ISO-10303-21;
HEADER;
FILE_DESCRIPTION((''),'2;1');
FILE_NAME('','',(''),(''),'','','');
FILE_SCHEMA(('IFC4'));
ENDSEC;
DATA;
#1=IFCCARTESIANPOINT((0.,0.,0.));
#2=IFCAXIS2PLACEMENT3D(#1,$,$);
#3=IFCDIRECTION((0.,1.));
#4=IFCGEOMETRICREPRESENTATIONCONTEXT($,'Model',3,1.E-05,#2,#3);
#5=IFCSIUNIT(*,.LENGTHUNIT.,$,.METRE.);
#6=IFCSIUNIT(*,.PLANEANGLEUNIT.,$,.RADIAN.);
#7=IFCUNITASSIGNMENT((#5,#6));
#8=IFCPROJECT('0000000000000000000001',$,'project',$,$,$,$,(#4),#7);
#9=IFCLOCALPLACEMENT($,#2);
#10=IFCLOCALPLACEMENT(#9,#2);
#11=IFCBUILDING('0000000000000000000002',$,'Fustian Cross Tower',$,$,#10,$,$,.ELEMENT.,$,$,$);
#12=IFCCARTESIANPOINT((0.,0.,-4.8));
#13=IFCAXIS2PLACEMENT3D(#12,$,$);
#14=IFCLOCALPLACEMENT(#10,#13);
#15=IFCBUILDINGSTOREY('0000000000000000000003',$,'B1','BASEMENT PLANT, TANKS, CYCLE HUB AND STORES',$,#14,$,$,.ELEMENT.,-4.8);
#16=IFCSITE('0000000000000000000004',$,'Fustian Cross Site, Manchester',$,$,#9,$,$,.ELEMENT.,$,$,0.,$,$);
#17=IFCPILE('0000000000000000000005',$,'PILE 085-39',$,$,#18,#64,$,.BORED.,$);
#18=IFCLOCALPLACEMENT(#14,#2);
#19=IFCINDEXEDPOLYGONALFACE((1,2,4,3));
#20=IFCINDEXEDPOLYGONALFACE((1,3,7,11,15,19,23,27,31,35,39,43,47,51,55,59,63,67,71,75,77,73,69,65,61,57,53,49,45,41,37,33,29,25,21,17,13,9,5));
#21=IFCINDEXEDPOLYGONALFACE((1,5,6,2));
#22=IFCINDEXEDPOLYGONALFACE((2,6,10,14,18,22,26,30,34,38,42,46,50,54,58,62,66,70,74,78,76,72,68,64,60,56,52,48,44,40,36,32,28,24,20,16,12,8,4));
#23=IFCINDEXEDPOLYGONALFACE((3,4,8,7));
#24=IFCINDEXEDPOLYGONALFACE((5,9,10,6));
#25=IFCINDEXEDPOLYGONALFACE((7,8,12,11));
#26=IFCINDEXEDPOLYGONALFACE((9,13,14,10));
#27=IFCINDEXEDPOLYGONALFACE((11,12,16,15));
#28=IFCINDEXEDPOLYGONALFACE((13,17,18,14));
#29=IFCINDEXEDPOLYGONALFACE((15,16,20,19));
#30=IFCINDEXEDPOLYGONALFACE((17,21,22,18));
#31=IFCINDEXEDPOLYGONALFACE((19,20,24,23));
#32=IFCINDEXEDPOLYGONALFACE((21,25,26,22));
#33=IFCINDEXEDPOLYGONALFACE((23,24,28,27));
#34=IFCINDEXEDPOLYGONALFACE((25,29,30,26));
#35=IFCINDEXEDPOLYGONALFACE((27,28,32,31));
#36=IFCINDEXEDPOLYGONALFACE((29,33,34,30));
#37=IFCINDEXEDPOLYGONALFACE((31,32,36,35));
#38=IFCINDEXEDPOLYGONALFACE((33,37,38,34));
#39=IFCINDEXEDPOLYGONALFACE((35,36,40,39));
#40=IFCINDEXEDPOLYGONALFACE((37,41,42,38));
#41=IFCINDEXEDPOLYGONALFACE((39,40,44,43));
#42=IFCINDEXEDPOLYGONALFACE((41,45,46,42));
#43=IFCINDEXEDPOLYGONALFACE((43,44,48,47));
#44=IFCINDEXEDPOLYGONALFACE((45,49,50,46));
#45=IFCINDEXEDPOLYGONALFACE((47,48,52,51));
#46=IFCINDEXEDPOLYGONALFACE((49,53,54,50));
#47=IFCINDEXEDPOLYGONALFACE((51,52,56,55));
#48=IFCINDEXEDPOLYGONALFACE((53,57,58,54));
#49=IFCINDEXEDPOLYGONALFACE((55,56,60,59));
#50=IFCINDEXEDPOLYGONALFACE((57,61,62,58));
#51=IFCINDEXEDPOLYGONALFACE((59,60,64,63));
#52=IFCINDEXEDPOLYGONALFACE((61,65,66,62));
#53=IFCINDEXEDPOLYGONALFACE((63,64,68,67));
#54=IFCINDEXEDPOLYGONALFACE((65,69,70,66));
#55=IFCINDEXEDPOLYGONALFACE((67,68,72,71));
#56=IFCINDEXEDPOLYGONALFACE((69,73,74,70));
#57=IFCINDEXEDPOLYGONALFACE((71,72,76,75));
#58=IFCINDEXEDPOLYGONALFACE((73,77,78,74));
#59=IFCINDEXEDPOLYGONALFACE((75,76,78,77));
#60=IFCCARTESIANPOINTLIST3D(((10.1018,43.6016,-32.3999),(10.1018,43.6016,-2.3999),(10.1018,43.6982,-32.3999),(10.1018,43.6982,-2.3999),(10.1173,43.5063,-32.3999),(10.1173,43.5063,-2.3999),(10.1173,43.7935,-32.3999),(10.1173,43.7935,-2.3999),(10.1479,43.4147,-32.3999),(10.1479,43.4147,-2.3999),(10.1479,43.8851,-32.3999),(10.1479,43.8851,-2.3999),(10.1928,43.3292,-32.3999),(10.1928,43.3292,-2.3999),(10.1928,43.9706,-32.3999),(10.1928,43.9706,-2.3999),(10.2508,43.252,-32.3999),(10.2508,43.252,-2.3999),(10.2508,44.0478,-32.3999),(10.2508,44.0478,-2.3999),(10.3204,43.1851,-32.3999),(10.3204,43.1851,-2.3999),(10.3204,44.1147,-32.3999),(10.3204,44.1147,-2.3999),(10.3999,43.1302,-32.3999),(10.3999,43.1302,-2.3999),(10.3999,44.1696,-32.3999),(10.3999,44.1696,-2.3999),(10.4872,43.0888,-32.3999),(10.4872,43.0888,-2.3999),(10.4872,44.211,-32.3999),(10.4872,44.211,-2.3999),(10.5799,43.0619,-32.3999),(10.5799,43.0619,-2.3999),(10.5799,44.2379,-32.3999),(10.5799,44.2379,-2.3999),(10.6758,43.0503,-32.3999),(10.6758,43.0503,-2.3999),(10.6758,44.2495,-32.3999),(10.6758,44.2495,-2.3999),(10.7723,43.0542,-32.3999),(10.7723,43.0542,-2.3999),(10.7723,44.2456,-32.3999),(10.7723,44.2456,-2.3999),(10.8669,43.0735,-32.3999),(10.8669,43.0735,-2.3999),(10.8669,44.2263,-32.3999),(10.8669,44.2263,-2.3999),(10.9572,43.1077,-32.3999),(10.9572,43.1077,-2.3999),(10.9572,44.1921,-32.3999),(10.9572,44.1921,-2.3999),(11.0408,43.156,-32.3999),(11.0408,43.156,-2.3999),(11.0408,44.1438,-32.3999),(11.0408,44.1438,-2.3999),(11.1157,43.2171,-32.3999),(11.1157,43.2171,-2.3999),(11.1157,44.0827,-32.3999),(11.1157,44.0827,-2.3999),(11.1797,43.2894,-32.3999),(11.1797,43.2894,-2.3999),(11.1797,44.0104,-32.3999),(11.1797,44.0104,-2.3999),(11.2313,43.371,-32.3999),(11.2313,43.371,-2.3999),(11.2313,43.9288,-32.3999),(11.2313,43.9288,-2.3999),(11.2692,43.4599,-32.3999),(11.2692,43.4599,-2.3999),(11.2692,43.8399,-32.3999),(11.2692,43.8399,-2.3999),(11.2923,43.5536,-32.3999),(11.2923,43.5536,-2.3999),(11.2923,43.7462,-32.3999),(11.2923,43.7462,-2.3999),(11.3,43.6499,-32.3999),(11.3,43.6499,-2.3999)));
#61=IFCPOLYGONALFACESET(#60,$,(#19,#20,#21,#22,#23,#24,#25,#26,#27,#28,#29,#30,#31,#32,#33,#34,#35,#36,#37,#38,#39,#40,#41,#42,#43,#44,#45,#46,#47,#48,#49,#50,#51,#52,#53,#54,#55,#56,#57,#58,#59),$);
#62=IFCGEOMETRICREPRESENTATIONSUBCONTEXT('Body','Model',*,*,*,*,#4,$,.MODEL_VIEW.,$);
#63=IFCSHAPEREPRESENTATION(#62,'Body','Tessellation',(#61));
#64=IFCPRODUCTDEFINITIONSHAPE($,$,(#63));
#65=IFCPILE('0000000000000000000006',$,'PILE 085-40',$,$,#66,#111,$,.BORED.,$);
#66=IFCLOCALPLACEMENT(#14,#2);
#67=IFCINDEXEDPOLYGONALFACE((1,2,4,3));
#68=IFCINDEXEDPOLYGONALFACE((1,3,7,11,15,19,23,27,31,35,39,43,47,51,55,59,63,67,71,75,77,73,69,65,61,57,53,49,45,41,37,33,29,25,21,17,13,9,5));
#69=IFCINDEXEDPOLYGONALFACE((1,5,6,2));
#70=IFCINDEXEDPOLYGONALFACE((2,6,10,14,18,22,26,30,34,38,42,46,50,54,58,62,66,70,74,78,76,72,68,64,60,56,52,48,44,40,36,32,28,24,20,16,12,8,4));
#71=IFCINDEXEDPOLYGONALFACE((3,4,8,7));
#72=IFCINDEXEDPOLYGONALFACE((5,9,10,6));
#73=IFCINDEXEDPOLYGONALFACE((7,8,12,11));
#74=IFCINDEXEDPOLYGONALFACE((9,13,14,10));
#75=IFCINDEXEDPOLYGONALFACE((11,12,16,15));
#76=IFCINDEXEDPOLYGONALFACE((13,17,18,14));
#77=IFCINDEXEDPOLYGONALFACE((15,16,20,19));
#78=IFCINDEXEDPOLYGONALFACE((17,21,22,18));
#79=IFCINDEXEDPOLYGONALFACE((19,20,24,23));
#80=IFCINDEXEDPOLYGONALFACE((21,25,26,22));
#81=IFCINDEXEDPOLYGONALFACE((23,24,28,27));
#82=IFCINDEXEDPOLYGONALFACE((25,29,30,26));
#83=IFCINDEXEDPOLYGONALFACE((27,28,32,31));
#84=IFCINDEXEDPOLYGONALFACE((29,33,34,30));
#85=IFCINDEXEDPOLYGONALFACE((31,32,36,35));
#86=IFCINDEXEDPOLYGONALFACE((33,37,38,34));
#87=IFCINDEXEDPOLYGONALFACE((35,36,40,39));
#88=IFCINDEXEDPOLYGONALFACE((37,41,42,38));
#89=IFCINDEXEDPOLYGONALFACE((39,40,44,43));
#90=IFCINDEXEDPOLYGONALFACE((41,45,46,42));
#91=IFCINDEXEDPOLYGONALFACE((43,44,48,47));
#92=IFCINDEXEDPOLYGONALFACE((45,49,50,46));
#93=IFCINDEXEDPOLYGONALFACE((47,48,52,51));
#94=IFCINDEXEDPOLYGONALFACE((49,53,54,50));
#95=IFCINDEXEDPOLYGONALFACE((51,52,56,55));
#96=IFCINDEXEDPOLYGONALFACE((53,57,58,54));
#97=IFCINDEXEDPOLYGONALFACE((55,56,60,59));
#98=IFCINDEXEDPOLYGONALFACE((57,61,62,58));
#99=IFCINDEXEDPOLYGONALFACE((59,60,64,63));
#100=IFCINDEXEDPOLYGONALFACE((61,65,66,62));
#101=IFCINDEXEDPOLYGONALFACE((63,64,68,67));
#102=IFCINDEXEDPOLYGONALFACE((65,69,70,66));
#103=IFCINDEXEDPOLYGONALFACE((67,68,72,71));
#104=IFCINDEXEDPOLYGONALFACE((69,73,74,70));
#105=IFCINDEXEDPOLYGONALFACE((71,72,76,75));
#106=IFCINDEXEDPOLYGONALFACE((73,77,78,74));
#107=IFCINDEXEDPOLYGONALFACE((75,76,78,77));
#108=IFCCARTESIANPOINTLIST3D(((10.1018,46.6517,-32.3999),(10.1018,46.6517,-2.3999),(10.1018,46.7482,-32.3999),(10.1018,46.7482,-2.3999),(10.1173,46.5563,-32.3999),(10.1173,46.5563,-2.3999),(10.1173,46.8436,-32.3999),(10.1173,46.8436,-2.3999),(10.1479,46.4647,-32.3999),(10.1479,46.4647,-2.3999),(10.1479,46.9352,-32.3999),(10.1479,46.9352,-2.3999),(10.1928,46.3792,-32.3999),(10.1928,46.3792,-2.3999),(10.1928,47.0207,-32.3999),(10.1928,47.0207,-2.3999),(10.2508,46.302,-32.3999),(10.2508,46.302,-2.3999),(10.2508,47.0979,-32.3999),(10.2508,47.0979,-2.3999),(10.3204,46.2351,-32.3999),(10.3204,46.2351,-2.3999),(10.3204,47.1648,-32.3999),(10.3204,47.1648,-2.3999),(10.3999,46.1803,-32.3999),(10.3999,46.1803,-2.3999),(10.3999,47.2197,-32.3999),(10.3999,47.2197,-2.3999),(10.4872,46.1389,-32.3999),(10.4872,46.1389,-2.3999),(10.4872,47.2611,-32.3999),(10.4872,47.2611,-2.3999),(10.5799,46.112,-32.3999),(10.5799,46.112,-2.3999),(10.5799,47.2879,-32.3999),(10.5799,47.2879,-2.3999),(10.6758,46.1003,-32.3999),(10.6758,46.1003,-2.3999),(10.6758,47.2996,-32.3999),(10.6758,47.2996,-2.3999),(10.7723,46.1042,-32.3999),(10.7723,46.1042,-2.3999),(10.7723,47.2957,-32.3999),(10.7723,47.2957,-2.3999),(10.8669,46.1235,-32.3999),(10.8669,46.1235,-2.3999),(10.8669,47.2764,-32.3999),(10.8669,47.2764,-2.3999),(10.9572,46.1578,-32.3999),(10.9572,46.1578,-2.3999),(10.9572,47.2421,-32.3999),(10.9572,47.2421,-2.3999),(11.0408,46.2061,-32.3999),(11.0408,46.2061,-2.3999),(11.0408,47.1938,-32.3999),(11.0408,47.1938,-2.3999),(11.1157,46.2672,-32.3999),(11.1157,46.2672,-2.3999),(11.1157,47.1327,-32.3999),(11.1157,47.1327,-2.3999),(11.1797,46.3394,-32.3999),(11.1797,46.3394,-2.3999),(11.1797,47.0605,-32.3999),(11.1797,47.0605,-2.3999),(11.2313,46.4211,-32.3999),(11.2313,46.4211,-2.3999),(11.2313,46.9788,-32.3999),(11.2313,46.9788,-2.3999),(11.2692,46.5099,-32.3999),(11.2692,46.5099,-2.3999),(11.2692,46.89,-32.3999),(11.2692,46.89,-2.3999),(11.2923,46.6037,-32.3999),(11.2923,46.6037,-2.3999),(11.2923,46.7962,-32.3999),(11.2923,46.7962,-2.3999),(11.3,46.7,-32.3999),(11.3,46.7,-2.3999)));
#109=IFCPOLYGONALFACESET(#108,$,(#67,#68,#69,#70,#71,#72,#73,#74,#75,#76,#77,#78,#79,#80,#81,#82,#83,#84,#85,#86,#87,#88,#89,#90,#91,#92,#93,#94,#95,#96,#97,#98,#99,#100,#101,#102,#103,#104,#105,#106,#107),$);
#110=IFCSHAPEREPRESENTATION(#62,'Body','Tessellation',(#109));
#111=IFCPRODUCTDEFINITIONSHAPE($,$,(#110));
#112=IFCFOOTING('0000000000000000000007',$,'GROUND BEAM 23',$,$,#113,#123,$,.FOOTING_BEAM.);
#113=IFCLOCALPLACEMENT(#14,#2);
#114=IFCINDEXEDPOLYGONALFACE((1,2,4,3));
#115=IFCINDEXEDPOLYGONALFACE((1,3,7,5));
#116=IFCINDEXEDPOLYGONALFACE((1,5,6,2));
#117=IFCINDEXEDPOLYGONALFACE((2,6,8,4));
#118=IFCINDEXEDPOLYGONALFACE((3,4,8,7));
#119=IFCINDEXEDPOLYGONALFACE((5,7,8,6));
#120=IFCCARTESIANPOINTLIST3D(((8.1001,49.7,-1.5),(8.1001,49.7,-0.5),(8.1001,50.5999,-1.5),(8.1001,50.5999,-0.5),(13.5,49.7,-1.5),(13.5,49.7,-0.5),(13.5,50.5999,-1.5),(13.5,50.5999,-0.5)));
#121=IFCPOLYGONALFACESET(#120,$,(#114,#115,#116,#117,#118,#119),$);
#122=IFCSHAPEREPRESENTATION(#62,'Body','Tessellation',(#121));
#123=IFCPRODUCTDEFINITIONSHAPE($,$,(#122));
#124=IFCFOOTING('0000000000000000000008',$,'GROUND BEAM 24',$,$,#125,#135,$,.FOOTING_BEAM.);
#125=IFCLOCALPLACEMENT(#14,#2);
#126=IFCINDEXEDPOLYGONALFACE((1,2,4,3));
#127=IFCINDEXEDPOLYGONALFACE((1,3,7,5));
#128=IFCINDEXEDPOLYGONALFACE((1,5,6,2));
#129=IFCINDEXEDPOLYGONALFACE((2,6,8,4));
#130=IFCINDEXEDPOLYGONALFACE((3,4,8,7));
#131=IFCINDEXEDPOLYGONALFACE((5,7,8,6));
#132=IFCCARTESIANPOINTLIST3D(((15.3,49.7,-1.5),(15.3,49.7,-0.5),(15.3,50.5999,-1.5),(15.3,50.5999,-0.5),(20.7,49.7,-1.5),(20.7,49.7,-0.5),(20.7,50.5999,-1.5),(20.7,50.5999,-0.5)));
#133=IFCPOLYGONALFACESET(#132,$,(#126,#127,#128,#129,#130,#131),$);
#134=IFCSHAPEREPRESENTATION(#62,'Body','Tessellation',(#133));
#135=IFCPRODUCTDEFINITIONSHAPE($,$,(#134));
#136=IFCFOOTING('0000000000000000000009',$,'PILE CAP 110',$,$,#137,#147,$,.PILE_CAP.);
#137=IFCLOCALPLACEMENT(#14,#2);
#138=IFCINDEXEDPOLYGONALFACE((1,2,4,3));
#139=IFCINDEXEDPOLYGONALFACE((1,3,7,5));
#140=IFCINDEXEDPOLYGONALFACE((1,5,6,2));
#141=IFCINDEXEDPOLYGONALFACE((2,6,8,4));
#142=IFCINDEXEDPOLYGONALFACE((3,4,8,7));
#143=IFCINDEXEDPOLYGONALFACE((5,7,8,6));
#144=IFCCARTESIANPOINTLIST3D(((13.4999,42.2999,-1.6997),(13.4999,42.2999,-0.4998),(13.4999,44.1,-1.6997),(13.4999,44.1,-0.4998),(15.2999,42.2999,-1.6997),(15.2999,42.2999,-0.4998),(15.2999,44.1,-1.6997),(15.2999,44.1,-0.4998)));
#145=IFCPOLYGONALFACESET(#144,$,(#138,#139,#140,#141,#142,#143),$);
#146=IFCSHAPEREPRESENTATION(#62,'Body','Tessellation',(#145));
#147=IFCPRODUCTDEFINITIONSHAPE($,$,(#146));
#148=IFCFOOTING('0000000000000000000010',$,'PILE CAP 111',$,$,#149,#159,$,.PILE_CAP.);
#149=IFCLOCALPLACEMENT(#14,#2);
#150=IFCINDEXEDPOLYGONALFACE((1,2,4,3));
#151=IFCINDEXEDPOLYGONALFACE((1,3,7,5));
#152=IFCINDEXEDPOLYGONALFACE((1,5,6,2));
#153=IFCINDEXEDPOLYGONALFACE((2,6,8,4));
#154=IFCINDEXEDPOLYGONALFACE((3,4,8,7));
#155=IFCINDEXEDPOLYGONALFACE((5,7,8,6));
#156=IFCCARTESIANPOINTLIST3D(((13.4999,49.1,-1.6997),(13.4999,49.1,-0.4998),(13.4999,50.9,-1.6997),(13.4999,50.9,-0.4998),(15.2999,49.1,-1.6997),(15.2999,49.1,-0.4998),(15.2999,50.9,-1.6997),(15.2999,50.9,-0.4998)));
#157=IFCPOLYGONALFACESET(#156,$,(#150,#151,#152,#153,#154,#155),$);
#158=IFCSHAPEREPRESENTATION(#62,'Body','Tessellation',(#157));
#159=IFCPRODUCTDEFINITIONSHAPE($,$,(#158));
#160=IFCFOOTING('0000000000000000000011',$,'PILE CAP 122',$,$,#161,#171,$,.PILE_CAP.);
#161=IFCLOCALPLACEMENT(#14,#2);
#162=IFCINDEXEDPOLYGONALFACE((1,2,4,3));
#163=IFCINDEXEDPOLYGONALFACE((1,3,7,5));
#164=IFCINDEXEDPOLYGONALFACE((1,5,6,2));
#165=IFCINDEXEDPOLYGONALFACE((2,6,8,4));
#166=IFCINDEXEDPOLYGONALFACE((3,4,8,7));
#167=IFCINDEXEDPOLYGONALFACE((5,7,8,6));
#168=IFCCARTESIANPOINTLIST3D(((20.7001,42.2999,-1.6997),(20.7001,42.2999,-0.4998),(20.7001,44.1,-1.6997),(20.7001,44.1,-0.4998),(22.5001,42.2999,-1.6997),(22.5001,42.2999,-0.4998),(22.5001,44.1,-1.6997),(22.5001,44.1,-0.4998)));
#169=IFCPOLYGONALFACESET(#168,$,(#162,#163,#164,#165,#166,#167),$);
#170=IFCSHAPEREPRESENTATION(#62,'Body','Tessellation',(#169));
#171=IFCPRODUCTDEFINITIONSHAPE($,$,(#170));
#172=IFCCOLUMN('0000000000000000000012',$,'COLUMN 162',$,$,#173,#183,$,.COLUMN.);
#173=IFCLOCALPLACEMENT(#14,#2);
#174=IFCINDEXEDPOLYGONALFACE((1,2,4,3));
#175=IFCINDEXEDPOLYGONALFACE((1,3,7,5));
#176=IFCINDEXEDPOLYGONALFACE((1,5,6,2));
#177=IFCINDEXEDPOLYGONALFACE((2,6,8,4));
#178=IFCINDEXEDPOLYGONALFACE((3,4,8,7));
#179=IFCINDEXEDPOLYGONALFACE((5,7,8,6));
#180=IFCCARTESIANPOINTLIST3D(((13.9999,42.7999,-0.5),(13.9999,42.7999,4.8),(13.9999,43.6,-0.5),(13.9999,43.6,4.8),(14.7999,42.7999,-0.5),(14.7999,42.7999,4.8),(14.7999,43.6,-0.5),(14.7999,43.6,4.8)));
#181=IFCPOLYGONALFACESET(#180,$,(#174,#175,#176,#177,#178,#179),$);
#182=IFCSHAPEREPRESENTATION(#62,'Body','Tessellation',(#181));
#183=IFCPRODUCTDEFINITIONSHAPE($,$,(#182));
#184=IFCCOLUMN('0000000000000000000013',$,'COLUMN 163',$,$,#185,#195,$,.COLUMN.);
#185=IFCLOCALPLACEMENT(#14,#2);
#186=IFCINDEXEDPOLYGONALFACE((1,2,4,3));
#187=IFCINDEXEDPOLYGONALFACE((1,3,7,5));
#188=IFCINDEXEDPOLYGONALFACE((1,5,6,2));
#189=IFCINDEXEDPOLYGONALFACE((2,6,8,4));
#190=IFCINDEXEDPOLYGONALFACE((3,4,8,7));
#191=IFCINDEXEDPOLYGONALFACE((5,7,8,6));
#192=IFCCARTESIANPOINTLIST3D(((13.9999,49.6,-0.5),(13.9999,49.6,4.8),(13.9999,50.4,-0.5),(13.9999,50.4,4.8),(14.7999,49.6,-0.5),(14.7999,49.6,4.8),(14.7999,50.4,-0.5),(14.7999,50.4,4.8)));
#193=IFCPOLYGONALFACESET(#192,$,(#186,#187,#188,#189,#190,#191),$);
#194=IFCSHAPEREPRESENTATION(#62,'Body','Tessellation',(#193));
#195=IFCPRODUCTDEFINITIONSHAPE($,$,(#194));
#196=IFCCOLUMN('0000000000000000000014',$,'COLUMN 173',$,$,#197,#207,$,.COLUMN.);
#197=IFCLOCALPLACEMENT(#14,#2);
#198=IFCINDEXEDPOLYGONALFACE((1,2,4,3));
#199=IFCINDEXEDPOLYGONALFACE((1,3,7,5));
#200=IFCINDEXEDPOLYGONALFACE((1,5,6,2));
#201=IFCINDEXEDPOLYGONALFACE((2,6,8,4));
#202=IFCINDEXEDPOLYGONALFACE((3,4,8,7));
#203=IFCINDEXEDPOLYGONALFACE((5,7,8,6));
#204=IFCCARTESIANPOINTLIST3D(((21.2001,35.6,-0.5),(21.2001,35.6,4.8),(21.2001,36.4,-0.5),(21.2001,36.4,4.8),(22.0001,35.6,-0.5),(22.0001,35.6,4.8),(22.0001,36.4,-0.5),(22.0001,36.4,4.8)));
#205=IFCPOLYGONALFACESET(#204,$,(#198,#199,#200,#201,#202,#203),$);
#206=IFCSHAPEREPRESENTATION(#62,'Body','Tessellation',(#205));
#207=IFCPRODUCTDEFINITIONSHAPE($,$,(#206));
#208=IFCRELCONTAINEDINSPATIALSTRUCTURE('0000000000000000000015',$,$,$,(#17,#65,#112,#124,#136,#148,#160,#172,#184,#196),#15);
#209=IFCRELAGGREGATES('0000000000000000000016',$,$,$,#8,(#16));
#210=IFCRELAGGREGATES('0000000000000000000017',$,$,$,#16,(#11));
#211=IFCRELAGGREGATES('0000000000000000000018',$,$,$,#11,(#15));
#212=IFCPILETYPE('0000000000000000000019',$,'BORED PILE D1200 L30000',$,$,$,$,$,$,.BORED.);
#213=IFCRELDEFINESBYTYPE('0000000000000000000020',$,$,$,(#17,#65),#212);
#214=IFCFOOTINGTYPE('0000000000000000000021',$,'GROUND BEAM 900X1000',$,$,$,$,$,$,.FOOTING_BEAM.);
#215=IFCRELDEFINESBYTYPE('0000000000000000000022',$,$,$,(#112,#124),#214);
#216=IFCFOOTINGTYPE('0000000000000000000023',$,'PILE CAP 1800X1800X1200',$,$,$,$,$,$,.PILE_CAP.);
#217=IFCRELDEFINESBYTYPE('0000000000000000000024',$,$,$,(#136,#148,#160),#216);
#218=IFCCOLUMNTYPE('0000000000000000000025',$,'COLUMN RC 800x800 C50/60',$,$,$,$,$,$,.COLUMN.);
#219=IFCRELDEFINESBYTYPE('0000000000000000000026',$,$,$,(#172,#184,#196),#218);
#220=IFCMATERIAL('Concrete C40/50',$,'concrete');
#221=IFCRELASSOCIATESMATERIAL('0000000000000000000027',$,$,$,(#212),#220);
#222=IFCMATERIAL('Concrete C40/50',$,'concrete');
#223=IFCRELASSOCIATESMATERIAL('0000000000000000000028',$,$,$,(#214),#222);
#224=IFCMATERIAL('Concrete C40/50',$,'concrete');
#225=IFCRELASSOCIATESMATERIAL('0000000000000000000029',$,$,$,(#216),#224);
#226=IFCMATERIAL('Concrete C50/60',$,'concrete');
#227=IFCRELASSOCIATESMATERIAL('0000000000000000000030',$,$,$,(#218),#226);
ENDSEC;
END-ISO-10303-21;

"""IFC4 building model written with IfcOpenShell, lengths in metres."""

from ifc_helpers import new_model, si_unit, direction, frame, origin, origin_2d, place, context, subcontext, project, spatial, rectangle, circle, extrude, material, material_profile, profile_set, type_object, element, save


model = new_model("IFC4")

# Units and contexts
model_context = context("Model", 3, precision=1e-05, world=origin(), true_north=direction((0.0, 1.0)))
body_context = subcontext(model_context, "Body", "Model", "MODEL_VIEW")
ifc_project = project(units=[si_unit("LENGTHUNIT", "METRE"), si_unit("PLANEANGLEUNIT", "RADIAN")], contexts=[model_context])

# Site, building, storey
site_placement = place(None, origin())
site = spatial("IfcSite", under=ifc_project, at=site_placement, Name="Fustian Cross Site, Manchester", CompositionType="ELEMENT", RefElevation=0.0)
building_placement = place(site_placement, origin())
building = spatial("IfcBuilding", under=site, at=building_placement, Name="Fustian Cross Tower", CompositionType="ELEMENT")
storey_placement = place(building_placement, frame((0.0, 0.0, -4.8)))
storey = spatial("IfcBuildingStorey", under=building, at=storey_placement, Name="B1", Description="BASEMENT PLANT, TANKS, CYCLE HUB AND STORES", CompositionType="ELEMENT", Elevation=-4.8)

# Piles
ifc_material_1 = material(Name="Concrete C40/50", Category="concrete")
ifc_material_profile_1 = material_profile(ifc_material_1, circle(Radius=0.6001, at=origin_2d()), Name="BORED PILE D1200 L30000")
ifc_profile_set_1 = profile_set([ifc_material_profile_1], Name="Concrete C40/50")
pile_type_1 = type_object("IfcPileType", Name="BORED PILE D1200 L30000", PredefinedType="BORED", material=ifc_profile_set_1)
for number, where, z_axis, x_axis, name in (
    (1, (10.7, 43.6499, -2.3999), (0.0, 0.0, -1.0), (1.0, 0.0, 0.0), "PILE 085-39"),
    (2, (10.7, 46.7, -2.3999), (0.0, 0.0, -1.0), (1.0, 0.0, 0.0), "PILE 085-40"),
):
    element("IfcPile", number, at=place(storey_placement, frame(where, z_axis=z_axis, x_axis=x_axis)), inside=storey, type_object=pile_type_1, Name=name, PredefinedType="BORED", context=body_context, shape_type="SweptSolid", body=[
        extrude(circle(Radius=0.6001, at=origin_2d()), origin(), (0.0, 0.0, 1.0), 30.0),
    ])

# Footings
ifc_material_2 = material(Name="Concrete C40/50", Category="concrete")
footing_type_1 = type_object("IfcFootingType", Name="GROUND BEAM 900X1000", PredefinedType="FOOTING_BEAM", material=ifc_material_2)
for number, where, z_axis, x_axis, name in (
    (3, (10.8, 50.1499, -1.5), (0.0, 0.0, 1.0), (1.0, 0.0, 0.0), "GROUND BEAM 23"),
    (4, (18.0, 50.1499, -1.5), (0.0, 0.0, 1.0), (1.0, 0.0, 0.0), "GROUND BEAM 24"),
):
    element("IfcFooting", number, at=place(storey_placement, frame(where, z_axis=z_axis, x_axis=x_axis)), inside=storey, type_object=footing_type_1, Name=name, PredefinedType="FOOTING_BEAM", context=body_context, shape_type="SweptSolid", body=[
        extrude(rectangle(XDim=5.3999, YDim=0.8999, at=origin_2d()), origin(), (0.0, 0.0, 1.0), 1.0),
    ])
ifc_material_3 = material(Name="Concrete C40/50", Category="concrete")
footing_type_2 = type_object("IfcFootingType", Name="PILE CAP 1800X1800X1200", PredefinedType="PILE_CAP", material=ifc_material_3)
for number, where, z_axis, x_axis, name in (
    (5, (14.3999, 43.2, -1.6997), (0.0, 0.0, 1.0), (1.0, 0.0, 0.0), "PILE CAP 110"),
    (6, (14.3999, 50.0, -1.6997), (0.0, 0.0, 1.0), (1.0, 0.0, 0.0), "PILE CAP 111"),
    (7, (21.6001, 43.2, -1.6997), (0.0, 0.0, 1.0), (1.0, 0.0, 0.0), "PILE CAP 122"),
):
    element("IfcFooting", number, at=place(storey_placement, frame(where, z_axis=z_axis, x_axis=x_axis)), inside=storey, type_object=footing_type_2, Name=name, PredefinedType="PILE_CAP", context=body_context, shape_type="SweptSolid", body=[
        extrude(rectangle(XDim=1.8, YDim=1.8, at=origin_2d()), origin(), (0.0, 0.0, 1.0), 1.2),
    ])

# Columns
ifc_material_4 = material(Name="Concrete C50/60", Category="concrete")
ifc_material_profile_2 = material_profile(ifc_material_4, rectangle(XDim=0.8, YDim=0.8, at=origin_2d()), Name="RC 800x800")
ifc_profile_set_2 = profile_set([ifc_material_profile_2], Name="Concrete C50/60")
column_type_1 = type_object("IfcColumnType", Name="COLUMN RC 800x800 C50/60", PredefinedType="COLUMN", material=ifc_profile_set_2)
for number, where, z_axis, x_axis, name in (
    (8, (14.3999, 43.2, -0.5), (0.0, 0.0, 1.0), (1.0, 0.0, 0.0), "COLUMN 162"),
    (9, (14.3999, 50.0, -0.5), (0.0, 0.0, 1.0), (1.0, 0.0, 0.0), "COLUMN 163"),
    (10, (21.6001, 36.0, -0.5), (0.0, 0.0, 1.0), (1.0, 0.0, 0.0), "COLUMN 173"),
):
    element("IfcColumn", number, at=place(storey_placement, frame(where, z_axis=z_axis, x_axis=x_axis)), inside=storey, type_object=column_type_1, Name=name, PredefinedType="COLUMN", context=body_context, shape_type="SweptSolid", body=[
        extrude(rectangle(XDim=0.8, YDim=0.8, at=origin_2d()), origin(), (0.0, 0.0, 1.0), 5.3),
    ])

save(model, "model.ifc")
